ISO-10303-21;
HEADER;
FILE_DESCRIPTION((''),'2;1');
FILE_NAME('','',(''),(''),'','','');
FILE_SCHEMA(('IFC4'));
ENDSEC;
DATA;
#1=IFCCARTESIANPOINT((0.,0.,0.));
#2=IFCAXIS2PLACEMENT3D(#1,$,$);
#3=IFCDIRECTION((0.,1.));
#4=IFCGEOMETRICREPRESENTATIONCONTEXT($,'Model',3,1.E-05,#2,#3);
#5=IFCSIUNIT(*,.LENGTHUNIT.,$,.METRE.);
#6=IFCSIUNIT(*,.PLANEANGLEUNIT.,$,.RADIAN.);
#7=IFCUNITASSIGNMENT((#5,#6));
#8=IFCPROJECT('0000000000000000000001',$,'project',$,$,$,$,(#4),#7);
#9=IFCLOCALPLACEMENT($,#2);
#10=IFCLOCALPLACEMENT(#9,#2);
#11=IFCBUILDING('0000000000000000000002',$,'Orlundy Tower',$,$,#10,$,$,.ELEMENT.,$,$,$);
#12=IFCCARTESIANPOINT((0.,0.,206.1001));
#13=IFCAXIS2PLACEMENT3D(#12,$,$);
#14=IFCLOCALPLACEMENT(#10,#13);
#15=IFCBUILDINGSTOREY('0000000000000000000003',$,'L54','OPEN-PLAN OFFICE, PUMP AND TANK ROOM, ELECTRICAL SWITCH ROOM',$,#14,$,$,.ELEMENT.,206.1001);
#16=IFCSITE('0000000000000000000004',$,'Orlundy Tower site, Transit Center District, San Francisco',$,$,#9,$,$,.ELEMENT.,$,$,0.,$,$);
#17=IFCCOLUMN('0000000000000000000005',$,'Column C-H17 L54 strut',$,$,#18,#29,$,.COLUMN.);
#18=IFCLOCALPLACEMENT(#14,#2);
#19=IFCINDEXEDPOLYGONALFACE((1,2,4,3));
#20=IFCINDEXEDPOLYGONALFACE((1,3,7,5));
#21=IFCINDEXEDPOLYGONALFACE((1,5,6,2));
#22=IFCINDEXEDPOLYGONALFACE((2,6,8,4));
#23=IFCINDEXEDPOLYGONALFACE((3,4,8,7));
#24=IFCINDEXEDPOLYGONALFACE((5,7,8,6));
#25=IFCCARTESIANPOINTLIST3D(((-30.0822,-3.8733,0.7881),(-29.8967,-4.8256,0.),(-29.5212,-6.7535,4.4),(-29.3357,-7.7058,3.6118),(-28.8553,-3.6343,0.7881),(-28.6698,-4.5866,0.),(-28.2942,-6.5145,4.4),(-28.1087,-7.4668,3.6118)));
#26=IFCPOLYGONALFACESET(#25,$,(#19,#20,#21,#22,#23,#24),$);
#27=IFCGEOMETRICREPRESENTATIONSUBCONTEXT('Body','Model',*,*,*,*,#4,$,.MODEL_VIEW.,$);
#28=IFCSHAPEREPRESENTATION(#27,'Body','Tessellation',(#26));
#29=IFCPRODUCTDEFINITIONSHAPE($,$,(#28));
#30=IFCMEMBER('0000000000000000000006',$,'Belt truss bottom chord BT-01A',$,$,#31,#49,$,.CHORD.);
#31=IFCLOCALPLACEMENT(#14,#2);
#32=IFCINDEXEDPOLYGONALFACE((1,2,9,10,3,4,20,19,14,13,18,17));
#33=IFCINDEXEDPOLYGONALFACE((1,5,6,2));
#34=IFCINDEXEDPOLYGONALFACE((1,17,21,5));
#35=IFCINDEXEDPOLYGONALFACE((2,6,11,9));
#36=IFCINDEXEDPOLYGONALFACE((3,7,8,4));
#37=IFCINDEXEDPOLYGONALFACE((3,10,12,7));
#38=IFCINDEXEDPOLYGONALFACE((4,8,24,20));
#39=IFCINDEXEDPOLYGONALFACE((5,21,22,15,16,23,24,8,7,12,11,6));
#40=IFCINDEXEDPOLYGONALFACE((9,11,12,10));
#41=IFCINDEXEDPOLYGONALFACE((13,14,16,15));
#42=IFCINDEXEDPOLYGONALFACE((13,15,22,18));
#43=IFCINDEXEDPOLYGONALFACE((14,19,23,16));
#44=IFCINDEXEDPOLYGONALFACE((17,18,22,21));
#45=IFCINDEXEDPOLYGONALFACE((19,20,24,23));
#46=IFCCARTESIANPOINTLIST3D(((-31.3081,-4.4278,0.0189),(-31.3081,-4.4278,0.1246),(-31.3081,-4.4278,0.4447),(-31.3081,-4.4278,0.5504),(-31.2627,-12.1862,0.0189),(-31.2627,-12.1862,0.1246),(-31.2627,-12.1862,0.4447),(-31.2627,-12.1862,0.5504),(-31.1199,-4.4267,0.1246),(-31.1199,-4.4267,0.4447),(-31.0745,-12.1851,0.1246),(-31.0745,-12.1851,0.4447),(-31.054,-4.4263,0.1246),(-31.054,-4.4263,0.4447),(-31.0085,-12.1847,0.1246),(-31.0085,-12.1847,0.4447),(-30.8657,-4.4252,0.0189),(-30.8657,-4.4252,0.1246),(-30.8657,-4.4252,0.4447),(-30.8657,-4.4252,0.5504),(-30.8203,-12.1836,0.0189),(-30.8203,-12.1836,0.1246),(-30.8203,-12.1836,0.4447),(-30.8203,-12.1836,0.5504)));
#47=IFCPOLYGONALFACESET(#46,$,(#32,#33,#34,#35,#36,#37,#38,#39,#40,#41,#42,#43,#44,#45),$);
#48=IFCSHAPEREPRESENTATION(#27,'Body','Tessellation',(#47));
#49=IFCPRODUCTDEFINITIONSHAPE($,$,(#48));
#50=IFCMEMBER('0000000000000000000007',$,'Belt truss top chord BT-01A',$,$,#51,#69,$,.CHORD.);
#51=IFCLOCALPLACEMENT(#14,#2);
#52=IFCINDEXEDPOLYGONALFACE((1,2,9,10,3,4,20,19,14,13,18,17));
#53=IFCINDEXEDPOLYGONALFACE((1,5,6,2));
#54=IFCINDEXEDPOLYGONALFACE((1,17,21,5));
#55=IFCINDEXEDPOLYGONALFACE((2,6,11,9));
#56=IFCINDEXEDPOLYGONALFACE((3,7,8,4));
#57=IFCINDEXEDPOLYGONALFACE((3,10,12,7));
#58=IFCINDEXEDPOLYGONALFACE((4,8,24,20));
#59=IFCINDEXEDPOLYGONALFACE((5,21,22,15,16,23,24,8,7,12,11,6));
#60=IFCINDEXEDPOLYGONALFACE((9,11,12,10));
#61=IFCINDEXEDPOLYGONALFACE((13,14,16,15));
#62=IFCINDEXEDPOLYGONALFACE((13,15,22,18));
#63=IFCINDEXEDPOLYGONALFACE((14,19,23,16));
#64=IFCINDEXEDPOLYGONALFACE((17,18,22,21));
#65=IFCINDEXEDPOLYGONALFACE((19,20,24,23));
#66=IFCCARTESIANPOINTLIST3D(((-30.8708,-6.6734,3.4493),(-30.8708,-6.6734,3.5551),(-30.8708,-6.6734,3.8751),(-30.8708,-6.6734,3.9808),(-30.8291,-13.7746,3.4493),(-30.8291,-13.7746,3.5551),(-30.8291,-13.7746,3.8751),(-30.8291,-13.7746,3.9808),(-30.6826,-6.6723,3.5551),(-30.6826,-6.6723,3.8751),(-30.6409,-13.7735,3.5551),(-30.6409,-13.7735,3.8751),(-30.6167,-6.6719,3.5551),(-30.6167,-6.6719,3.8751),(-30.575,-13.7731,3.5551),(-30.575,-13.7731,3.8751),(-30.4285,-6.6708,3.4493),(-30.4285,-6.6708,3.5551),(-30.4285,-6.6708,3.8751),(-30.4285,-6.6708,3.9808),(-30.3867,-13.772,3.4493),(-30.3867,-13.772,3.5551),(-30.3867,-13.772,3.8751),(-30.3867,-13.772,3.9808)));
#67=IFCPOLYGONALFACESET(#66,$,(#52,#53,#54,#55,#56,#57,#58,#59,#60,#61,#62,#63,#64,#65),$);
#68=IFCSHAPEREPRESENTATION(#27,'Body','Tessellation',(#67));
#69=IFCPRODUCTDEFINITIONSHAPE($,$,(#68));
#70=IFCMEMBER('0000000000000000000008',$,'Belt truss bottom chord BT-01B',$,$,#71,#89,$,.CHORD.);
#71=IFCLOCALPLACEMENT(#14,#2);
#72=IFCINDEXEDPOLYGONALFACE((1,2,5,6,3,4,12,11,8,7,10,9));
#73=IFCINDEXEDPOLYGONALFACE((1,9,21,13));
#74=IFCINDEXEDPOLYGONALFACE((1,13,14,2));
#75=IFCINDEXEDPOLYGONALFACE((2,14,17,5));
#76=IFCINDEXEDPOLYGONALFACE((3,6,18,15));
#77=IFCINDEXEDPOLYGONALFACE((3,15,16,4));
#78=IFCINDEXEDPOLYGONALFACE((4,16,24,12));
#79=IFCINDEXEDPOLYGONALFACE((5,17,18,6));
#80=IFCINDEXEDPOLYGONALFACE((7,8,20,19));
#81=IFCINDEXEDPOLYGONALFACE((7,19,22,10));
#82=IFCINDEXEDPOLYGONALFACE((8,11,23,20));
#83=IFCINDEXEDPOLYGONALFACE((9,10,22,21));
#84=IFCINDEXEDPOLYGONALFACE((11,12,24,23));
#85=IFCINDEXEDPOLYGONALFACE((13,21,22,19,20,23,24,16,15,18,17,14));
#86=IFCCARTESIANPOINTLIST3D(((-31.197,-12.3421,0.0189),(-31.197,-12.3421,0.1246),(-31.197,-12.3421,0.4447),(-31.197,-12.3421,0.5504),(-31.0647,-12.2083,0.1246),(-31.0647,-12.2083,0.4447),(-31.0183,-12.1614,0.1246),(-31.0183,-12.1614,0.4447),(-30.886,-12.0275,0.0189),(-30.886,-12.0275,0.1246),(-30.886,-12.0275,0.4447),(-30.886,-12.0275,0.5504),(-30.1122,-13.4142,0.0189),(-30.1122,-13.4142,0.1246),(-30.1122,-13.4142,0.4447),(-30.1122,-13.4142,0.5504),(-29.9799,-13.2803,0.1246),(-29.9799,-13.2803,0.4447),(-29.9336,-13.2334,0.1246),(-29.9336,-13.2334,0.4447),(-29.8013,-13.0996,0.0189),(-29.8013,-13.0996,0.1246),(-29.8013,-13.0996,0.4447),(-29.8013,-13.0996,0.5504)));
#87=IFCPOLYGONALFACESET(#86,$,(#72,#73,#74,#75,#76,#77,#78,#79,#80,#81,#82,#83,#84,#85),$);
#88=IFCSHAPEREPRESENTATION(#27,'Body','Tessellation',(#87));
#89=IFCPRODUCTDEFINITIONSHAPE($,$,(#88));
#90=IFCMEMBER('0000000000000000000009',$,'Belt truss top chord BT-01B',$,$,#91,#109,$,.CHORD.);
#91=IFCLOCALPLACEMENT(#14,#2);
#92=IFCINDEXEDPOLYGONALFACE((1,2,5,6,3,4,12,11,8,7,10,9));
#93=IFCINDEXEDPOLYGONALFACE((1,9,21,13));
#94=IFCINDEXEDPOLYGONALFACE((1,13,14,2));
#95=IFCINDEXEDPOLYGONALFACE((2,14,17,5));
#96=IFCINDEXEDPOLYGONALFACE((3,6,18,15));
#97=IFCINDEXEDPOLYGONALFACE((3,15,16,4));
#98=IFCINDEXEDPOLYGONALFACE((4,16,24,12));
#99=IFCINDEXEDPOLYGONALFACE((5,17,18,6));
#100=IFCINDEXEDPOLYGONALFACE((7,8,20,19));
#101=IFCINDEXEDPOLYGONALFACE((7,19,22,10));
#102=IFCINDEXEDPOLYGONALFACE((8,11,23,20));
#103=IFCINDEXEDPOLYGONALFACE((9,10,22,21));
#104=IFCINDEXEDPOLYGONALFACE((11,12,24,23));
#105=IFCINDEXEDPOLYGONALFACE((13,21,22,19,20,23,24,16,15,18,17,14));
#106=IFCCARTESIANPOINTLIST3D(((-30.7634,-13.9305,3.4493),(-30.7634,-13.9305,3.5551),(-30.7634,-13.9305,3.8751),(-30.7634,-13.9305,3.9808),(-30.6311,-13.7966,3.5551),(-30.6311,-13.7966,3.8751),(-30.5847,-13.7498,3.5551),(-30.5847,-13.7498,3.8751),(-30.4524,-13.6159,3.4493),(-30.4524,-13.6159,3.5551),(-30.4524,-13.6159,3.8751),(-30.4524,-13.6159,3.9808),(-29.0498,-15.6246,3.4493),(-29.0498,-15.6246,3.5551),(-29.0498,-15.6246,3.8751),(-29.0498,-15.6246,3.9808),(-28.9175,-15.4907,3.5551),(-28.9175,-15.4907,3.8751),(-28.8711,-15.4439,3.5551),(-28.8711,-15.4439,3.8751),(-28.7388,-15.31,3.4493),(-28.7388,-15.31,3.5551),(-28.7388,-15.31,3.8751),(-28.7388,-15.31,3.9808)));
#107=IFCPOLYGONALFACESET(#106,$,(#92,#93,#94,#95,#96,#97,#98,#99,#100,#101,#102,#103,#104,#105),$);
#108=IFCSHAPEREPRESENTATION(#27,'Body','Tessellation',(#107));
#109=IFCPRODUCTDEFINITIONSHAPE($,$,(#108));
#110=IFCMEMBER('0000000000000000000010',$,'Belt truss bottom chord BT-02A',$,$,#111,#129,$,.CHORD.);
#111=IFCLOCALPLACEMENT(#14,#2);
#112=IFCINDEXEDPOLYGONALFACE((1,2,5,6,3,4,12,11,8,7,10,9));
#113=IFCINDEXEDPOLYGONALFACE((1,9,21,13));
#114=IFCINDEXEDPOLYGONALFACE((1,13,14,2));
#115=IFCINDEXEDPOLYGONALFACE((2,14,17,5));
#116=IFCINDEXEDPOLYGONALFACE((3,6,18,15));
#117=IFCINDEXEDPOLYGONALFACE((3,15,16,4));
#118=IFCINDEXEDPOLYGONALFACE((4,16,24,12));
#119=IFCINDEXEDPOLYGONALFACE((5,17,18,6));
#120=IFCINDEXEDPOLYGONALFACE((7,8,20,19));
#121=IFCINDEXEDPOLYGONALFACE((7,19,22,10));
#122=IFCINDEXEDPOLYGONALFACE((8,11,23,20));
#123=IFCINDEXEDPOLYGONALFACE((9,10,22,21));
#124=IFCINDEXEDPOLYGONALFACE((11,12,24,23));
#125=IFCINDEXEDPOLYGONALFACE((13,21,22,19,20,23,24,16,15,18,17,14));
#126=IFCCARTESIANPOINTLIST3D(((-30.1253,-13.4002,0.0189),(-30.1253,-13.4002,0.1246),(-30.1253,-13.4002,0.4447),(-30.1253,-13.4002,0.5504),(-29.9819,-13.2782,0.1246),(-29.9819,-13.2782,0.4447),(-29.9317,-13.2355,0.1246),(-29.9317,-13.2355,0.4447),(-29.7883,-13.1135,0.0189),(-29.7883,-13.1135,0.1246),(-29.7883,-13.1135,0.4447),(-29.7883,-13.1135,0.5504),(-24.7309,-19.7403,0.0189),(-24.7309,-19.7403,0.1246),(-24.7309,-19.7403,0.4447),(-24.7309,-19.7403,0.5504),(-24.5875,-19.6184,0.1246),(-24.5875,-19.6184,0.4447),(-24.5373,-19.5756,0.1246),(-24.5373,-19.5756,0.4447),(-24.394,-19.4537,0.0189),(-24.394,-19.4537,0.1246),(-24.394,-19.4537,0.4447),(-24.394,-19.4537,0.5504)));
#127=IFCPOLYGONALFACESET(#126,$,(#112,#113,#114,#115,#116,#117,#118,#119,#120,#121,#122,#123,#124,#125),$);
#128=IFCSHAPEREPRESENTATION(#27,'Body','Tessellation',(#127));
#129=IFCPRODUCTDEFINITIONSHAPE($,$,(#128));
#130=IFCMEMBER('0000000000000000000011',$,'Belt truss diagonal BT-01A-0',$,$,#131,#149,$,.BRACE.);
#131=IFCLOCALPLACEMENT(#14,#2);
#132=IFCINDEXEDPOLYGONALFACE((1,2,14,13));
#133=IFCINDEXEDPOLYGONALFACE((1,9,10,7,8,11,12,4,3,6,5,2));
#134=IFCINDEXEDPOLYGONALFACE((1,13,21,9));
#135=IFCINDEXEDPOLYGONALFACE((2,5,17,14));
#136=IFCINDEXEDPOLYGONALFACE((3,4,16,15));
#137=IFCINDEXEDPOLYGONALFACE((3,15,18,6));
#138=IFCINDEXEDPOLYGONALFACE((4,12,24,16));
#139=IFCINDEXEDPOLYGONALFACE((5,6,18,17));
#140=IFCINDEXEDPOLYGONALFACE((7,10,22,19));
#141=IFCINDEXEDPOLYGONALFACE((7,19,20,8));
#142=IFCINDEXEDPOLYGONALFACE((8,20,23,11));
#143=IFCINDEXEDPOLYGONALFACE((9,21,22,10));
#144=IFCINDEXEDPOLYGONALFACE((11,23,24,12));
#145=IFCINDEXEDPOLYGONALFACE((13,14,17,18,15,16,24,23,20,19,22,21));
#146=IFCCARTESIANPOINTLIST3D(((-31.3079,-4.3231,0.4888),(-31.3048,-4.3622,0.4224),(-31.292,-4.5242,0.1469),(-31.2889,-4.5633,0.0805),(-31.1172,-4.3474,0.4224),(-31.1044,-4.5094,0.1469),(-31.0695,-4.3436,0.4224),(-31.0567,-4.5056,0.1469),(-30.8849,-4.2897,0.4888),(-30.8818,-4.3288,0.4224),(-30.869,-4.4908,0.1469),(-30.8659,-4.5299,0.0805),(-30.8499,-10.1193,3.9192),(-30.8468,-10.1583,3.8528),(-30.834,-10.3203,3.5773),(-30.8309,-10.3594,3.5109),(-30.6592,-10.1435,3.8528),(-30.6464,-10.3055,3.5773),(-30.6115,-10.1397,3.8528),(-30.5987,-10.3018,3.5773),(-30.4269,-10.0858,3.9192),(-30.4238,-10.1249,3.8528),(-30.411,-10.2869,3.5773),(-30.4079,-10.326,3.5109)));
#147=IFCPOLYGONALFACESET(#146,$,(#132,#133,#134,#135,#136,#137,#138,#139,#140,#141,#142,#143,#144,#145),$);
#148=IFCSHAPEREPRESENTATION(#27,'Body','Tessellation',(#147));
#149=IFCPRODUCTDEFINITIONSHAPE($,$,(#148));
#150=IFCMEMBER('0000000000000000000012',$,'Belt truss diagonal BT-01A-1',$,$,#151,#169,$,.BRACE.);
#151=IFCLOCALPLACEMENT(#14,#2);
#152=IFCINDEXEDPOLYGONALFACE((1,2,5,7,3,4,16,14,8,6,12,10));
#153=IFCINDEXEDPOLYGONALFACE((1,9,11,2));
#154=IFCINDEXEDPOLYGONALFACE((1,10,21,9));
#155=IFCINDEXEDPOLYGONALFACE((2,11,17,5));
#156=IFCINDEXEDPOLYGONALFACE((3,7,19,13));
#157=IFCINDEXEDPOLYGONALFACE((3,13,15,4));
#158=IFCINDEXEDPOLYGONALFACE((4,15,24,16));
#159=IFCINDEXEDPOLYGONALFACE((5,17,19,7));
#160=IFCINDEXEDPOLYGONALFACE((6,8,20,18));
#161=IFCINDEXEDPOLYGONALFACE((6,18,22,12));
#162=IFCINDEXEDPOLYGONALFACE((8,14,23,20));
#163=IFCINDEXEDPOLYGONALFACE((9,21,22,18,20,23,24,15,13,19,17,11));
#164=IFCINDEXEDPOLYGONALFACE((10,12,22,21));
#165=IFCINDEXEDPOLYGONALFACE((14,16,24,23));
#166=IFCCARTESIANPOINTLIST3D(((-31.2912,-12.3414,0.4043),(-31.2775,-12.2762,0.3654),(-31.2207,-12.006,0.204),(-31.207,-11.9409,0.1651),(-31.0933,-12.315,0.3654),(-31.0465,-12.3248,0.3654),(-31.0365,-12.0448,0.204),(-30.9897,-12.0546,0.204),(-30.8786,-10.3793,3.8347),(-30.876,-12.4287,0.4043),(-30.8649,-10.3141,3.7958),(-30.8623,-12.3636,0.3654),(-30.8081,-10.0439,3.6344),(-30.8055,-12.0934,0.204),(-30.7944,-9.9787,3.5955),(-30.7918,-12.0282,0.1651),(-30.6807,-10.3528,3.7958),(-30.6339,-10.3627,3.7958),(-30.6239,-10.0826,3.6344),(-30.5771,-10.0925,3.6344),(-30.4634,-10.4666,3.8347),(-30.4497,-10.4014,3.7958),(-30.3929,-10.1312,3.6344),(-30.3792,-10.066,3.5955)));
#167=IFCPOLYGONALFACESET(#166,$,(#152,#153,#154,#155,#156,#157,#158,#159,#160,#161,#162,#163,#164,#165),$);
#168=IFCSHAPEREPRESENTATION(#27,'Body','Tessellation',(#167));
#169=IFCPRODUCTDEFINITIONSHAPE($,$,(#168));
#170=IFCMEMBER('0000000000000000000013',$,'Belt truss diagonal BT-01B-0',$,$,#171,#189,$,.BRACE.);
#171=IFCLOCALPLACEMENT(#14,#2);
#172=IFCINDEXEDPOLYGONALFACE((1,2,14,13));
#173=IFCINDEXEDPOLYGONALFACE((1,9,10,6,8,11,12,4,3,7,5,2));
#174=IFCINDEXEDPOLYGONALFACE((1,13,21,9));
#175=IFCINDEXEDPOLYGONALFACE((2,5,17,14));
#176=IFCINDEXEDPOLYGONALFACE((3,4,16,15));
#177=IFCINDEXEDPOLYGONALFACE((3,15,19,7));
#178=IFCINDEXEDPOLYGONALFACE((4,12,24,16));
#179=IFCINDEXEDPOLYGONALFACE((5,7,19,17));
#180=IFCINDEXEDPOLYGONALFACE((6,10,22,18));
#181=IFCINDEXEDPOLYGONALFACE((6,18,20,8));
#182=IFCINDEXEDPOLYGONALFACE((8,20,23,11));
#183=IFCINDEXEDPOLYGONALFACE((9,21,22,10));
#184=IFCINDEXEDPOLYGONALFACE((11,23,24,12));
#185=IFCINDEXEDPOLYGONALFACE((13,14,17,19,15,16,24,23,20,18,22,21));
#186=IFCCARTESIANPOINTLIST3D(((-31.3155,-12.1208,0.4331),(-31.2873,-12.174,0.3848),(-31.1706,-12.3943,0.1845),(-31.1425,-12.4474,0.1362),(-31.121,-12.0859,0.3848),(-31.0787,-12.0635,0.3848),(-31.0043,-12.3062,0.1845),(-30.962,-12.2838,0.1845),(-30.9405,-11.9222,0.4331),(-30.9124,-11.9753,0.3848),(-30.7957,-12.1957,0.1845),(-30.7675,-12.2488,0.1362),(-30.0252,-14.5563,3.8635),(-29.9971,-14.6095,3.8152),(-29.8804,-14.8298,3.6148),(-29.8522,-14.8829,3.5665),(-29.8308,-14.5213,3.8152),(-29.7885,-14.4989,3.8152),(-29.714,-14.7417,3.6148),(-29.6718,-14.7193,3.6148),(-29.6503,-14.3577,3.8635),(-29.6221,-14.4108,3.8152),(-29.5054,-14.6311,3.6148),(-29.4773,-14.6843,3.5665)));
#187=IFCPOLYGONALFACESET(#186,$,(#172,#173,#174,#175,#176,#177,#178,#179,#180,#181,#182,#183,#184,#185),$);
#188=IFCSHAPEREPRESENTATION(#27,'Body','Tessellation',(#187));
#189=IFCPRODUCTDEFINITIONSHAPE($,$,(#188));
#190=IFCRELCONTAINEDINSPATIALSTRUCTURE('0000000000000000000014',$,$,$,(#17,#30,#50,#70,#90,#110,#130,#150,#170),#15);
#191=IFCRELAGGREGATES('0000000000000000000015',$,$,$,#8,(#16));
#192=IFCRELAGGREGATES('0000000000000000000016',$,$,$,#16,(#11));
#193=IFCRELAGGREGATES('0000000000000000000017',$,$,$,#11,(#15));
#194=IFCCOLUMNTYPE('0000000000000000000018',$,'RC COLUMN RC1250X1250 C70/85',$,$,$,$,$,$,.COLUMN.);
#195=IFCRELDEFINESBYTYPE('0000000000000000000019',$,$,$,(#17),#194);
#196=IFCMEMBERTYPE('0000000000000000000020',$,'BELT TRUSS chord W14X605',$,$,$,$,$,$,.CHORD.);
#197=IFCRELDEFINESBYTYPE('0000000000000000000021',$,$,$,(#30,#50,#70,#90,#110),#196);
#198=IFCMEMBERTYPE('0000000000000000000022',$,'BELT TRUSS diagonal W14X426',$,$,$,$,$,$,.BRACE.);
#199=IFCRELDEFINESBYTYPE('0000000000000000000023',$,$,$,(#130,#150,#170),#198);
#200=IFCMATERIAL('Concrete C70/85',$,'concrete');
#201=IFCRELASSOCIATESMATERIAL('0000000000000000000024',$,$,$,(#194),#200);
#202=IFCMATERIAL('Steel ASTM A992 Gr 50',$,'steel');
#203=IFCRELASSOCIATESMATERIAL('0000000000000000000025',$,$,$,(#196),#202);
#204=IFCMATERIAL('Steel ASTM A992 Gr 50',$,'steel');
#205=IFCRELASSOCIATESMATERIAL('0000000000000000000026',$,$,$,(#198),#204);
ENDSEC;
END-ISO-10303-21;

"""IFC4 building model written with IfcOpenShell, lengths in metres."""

from ifc_helpers import new_model, si_unit, direction, frame, origin, origin_2d, place, context, subcontext, project, spatial, rectangle, i_section, extrude, material, material_profile, profile_set, type_object, element, save


model = new_model("IFC4")

# Units and contexts
model_context = context("Model", 3, precision=1e-05, world=origin(), true_north=direction((0.0, 1.0)))
body_context = subcontext(model_context, "Body", "Model", "MODEL_VIEW")
ifc_project = project(units=[si_unit("LENGTHUNIT", "METRE"), si_unit("PLANEANGLEUNIT", "RADIAN")], contexts=[model_context])

# Site, building, storey
site_placement = place(None, origin())
site = spatial("IfcSite", under=ifc_project, at=site_placement, Name="Orlundy Tower site, Transit Center District, San Francisco", CompositionType="ELEMENT", RefElevation=0.0)
building_placement = place(site_placement, origin())
building = spatial("IfcBuilding", under=site, at=building_placement, Name="Orlundy Tower", CompositionType="ELEMENT")
storey_placement = place(building_placement, frame((0.0, 0.0, 206.1001)))
storey = spatial("IfcBuildingStorey", under=building, at=storey_placement, Name="L54", Description="OPEN-PLAN OFFICE, PUMP AND TANK ROOM, ELECTRICAL SWITCH ROOM", CompositionType="ELEMENT", Elevation=206.1001)

# Column
ifc_material_1 = material(Name="Concrete C70/85", Category="concrete")
ifc_material_profile_1 = material_profile(ifc_material_1, rectangle(XDim=1.25, YDim=1.25, at=origin_2d()), Name="RC1250X1250")
ifc_profile_set_1 = profile_set([ifc_material_profile_1], Name="Concrete C70/85")
column_type = type_object("IfcColumnType", Name="RC COLUMN RC1250X1250 C70/85", PredefinedType="COLUMN", material=ifc_profile_set_1)
column_placement = place(storey_placement, frame((-29.376, -4.23, 0.394), z_axis=(0.120562, -0.618916, 0.77615), x_axis=(0.981551, 0.191201, 0.0)))
element("IfcColumn", 1, at=column_placement, inside=storey, type_object=column_type, Name="Column C-H17 L54 strut", PredefinedType="COLUMN", context=body_context, shape_type="SweptSolid", body=[
    extrude(rectangle(XDim=1.25, YDim=1.25, at=origin_2d()), origin(), (0.0, 0.0, 1.0), 4.6536),
])

# Members
ifc_material_2 = material(Name="Steel ASTM A992 Gr 50", Category="steel")
ifc_material_profile_2 = material_profile(ifc_material_2, i_section(OverallWidth=0.4424, OverallDepth=0.5315, WebThickness=0.0659, FlangeThickness=0.1057, at=origin_2d()), Name="W14X605")
ifc_profile_set_2 = profile_set([ifc_material_profile_2], Name="Steel ASTM A992 Gr 50")
member_type_1 = type_object("IfcMemberType", Name="BELT TRUSS chord W14X605", PredefinedType="CHORD", material=ifc_profile_set_2)
member_1_placement = place(storey_placement, frame((-31.0869, -4.4265, 0.2847), z_axis=(0.005853, -0.999983, 0.0), x_axis=(0.999983, 0.005853, 0.0)))
element("IfcMember", 2, at=member_1_placement, inside=storey, type_object=member_type_1, Name="Belt truss bottom chord BT-01A", PredefinedType="CHORD", context=body_context, shape_type="SweptSolid", body=[
    extrude(i_section(OverallWidth=0.4424, OverallDepth=0.5315, WebThickness=0.0659, FlangeThickness=0.1057, at=origin_2d()), origin(), (0.0, 0.0, 1.0), 7.7585),
])
member_2_placement = place(storey_placement, frame((-30.6497, -6.6721, 3.7151), z_axis=(0.005879, -0.999983, 0.0), x_axis=(0.999983, 0.005879, 0.0)))
element("IfcMember", 3, at=member_2_placement, inside=storey, type_object=member_type_1, Name="Belt truss top chord BT-01A", PredefinedType="CHORD", context=body_context, shape_type="SweptSolid", body=[
    extrude(i_section(OverallWidth=0.4424, OverallDepth=0.5315, WebThickness=0.0659, FlangeThickness=0.1057, at=origin_2d()), origin(), (0.0, 0.0, 1.0), 7.1013),
])
member_3_placement = place(storey_placement, frame((-31.0415, -12.1848, 0.2847), z_axis=(0.711257, -0.702932, 0.0), x_axis=(0.702932, 0.711257, 0.0)))
element("IfcMember", 4, at=member_3_placement, inside=storey, type_object=member_type_1, Name="Belt truss bottom chord BT-01B", PredefinedType="CHORD", context=body_context, shape_type="SweptSolid", body=[
    extrude(i_section(OverallWidth=0.4424, OverallDepth=0.5315, WebThickness=0.0659, FlangeThickness=0.1057, at=origin_2d()), origin(), (0.0, 0.0, 1.0), 1.5251),
])
member_4_placement = place(storey_placement, frame((-30.6079, -13.7732, 3.7151), z_axis=(0.711148, -0.703042, 0.0), x_axis=(0.703042, 0.711148, 0.0)))
element("IfcMember", 5, at=member_4_placement, inside=storey, type_object=member_type_1, Name="Belt truss top chord BT-01B", PredefinedType="CHORD", context=body_context, shape_type="SweptSolid", body=[
    extrude(i_section(OverallWidth=0.4424, OverallDepth=0.5315, WebThickness=0.0659, FlangeThickness=0.1057, at=origin_2d()), origin(), (0.0, 0.0, 1.0), 2.4097),
])
member_5_placement = place(storey_placement, frame((-29.9568, -13.2568, 0.2847), z_axis=(0.648012, -0.76163, 0.0), x_axis=(0.76163, 0.648012, 0.0)))
element("IfcMember", 6, at=member_5_placement, inside=storey, type_object=member_type_1, Name="Belt truss bottom chord BT-02A", PredefinedType="CHORD", context=body_context, shape_type="SweptSolid", body=[
    extrude(i_section(OverallWidth=0.4424, OverallDepth=0.5315, WebThickness=0.0659, FlangeThickness=0.1057, at=origin_2d()), origin(), (0.0, 0.0, 1.0), 8.3245),
])
ifc_material_3 = material(Name="Steel ASTM A992 Gr 50", Category="steel")
ifc_material_profile_3 = material_profile(ifc_material_3, i_section(OverallWidth=0.4243, OverallDepth=0.4741, WebThickness=0.0479, FlangeThickness=0.0771, at=origin_2d()), Name="W14X426")
ifc_profile_set_3 = profile_set([ifc_material_profile_3], Name="Steel ASTM A992 Gr 50")
member_type_2 = type_object("IfcMemberType", Name="BELT TRUSS diagonal W14X426", PredefinedType="BRACE", material=ifc_profile_set_3)
member_6_placement = place(storey_placement, frame((-31.0869, -4.4265, 0.2847), z_axis=(0.067845, -0.858591, 0.508153), x_axis=(0.996893, 0.078774, 0.0)))
element("IfcMember", 7, at=member_6_placement, inside=storey, type_object=member_type_2, Name="Belt truss diagonal BT-01A-0", PredefinedType="BRACE", context=body_context, shape_type="SweptSolid", body=[
    extrude(i_section(OverallWidth=0.4243, OverallDepth=0.4741, WebThickness=0.0479, FlangeThickness=0.0771, at=origin_2d()), origin(), (0.0, 0.0, 1.0), 6.7507),
])
member_7_placement = place(storey_placement, frame((-30.6289, -10.2227, 3.7151), z_axis=(-0.103839, -0.493821, -0.863341), x_axis=(0.978599, -0.205777, 0.0)))
element("IfcMember", 8, at=member_7_placement, inside=storey, type_object=member_type_2, Name="Belt truss diagonal BT-01A-1", PredefinedType="BRACE", context=body_context, shape_type="SweptSolid", body=[
    extrude(i_section(OverallWidth=0.4243, OverallDepth=0.4741, WebThickness=0.0479, FlangeThickness=0.0771, at=origin_2d()), origin(), (0.0, 0.0, 1.0), 3.9734),
])
member_8_placement = place(storey_placement, frame((-31.0415, -12.1848, 0.2847), z_axis=(0.293212, -0.553469, 0.77955), x_axis=(0.883656, 0.468136, 0.0)))
element("IfcMember", 9, at=member_8_placement, inside=storey, type_object=member_type_2, Name="Belt truss diagonal BT-01B-0", PredefinedType="BRACE", context=body_context, shape_type="SweptSolid", body=[
    extrude(i_section(OverallWidth=0.4243, OverallDepth=0.4741, WebThickness=0.0479, FlangeThickness=0.0771, at=origin_2d()), origin(), (0.0, 0.0, 1.0), 4.4004),
])

save(model, "model.ifc")
